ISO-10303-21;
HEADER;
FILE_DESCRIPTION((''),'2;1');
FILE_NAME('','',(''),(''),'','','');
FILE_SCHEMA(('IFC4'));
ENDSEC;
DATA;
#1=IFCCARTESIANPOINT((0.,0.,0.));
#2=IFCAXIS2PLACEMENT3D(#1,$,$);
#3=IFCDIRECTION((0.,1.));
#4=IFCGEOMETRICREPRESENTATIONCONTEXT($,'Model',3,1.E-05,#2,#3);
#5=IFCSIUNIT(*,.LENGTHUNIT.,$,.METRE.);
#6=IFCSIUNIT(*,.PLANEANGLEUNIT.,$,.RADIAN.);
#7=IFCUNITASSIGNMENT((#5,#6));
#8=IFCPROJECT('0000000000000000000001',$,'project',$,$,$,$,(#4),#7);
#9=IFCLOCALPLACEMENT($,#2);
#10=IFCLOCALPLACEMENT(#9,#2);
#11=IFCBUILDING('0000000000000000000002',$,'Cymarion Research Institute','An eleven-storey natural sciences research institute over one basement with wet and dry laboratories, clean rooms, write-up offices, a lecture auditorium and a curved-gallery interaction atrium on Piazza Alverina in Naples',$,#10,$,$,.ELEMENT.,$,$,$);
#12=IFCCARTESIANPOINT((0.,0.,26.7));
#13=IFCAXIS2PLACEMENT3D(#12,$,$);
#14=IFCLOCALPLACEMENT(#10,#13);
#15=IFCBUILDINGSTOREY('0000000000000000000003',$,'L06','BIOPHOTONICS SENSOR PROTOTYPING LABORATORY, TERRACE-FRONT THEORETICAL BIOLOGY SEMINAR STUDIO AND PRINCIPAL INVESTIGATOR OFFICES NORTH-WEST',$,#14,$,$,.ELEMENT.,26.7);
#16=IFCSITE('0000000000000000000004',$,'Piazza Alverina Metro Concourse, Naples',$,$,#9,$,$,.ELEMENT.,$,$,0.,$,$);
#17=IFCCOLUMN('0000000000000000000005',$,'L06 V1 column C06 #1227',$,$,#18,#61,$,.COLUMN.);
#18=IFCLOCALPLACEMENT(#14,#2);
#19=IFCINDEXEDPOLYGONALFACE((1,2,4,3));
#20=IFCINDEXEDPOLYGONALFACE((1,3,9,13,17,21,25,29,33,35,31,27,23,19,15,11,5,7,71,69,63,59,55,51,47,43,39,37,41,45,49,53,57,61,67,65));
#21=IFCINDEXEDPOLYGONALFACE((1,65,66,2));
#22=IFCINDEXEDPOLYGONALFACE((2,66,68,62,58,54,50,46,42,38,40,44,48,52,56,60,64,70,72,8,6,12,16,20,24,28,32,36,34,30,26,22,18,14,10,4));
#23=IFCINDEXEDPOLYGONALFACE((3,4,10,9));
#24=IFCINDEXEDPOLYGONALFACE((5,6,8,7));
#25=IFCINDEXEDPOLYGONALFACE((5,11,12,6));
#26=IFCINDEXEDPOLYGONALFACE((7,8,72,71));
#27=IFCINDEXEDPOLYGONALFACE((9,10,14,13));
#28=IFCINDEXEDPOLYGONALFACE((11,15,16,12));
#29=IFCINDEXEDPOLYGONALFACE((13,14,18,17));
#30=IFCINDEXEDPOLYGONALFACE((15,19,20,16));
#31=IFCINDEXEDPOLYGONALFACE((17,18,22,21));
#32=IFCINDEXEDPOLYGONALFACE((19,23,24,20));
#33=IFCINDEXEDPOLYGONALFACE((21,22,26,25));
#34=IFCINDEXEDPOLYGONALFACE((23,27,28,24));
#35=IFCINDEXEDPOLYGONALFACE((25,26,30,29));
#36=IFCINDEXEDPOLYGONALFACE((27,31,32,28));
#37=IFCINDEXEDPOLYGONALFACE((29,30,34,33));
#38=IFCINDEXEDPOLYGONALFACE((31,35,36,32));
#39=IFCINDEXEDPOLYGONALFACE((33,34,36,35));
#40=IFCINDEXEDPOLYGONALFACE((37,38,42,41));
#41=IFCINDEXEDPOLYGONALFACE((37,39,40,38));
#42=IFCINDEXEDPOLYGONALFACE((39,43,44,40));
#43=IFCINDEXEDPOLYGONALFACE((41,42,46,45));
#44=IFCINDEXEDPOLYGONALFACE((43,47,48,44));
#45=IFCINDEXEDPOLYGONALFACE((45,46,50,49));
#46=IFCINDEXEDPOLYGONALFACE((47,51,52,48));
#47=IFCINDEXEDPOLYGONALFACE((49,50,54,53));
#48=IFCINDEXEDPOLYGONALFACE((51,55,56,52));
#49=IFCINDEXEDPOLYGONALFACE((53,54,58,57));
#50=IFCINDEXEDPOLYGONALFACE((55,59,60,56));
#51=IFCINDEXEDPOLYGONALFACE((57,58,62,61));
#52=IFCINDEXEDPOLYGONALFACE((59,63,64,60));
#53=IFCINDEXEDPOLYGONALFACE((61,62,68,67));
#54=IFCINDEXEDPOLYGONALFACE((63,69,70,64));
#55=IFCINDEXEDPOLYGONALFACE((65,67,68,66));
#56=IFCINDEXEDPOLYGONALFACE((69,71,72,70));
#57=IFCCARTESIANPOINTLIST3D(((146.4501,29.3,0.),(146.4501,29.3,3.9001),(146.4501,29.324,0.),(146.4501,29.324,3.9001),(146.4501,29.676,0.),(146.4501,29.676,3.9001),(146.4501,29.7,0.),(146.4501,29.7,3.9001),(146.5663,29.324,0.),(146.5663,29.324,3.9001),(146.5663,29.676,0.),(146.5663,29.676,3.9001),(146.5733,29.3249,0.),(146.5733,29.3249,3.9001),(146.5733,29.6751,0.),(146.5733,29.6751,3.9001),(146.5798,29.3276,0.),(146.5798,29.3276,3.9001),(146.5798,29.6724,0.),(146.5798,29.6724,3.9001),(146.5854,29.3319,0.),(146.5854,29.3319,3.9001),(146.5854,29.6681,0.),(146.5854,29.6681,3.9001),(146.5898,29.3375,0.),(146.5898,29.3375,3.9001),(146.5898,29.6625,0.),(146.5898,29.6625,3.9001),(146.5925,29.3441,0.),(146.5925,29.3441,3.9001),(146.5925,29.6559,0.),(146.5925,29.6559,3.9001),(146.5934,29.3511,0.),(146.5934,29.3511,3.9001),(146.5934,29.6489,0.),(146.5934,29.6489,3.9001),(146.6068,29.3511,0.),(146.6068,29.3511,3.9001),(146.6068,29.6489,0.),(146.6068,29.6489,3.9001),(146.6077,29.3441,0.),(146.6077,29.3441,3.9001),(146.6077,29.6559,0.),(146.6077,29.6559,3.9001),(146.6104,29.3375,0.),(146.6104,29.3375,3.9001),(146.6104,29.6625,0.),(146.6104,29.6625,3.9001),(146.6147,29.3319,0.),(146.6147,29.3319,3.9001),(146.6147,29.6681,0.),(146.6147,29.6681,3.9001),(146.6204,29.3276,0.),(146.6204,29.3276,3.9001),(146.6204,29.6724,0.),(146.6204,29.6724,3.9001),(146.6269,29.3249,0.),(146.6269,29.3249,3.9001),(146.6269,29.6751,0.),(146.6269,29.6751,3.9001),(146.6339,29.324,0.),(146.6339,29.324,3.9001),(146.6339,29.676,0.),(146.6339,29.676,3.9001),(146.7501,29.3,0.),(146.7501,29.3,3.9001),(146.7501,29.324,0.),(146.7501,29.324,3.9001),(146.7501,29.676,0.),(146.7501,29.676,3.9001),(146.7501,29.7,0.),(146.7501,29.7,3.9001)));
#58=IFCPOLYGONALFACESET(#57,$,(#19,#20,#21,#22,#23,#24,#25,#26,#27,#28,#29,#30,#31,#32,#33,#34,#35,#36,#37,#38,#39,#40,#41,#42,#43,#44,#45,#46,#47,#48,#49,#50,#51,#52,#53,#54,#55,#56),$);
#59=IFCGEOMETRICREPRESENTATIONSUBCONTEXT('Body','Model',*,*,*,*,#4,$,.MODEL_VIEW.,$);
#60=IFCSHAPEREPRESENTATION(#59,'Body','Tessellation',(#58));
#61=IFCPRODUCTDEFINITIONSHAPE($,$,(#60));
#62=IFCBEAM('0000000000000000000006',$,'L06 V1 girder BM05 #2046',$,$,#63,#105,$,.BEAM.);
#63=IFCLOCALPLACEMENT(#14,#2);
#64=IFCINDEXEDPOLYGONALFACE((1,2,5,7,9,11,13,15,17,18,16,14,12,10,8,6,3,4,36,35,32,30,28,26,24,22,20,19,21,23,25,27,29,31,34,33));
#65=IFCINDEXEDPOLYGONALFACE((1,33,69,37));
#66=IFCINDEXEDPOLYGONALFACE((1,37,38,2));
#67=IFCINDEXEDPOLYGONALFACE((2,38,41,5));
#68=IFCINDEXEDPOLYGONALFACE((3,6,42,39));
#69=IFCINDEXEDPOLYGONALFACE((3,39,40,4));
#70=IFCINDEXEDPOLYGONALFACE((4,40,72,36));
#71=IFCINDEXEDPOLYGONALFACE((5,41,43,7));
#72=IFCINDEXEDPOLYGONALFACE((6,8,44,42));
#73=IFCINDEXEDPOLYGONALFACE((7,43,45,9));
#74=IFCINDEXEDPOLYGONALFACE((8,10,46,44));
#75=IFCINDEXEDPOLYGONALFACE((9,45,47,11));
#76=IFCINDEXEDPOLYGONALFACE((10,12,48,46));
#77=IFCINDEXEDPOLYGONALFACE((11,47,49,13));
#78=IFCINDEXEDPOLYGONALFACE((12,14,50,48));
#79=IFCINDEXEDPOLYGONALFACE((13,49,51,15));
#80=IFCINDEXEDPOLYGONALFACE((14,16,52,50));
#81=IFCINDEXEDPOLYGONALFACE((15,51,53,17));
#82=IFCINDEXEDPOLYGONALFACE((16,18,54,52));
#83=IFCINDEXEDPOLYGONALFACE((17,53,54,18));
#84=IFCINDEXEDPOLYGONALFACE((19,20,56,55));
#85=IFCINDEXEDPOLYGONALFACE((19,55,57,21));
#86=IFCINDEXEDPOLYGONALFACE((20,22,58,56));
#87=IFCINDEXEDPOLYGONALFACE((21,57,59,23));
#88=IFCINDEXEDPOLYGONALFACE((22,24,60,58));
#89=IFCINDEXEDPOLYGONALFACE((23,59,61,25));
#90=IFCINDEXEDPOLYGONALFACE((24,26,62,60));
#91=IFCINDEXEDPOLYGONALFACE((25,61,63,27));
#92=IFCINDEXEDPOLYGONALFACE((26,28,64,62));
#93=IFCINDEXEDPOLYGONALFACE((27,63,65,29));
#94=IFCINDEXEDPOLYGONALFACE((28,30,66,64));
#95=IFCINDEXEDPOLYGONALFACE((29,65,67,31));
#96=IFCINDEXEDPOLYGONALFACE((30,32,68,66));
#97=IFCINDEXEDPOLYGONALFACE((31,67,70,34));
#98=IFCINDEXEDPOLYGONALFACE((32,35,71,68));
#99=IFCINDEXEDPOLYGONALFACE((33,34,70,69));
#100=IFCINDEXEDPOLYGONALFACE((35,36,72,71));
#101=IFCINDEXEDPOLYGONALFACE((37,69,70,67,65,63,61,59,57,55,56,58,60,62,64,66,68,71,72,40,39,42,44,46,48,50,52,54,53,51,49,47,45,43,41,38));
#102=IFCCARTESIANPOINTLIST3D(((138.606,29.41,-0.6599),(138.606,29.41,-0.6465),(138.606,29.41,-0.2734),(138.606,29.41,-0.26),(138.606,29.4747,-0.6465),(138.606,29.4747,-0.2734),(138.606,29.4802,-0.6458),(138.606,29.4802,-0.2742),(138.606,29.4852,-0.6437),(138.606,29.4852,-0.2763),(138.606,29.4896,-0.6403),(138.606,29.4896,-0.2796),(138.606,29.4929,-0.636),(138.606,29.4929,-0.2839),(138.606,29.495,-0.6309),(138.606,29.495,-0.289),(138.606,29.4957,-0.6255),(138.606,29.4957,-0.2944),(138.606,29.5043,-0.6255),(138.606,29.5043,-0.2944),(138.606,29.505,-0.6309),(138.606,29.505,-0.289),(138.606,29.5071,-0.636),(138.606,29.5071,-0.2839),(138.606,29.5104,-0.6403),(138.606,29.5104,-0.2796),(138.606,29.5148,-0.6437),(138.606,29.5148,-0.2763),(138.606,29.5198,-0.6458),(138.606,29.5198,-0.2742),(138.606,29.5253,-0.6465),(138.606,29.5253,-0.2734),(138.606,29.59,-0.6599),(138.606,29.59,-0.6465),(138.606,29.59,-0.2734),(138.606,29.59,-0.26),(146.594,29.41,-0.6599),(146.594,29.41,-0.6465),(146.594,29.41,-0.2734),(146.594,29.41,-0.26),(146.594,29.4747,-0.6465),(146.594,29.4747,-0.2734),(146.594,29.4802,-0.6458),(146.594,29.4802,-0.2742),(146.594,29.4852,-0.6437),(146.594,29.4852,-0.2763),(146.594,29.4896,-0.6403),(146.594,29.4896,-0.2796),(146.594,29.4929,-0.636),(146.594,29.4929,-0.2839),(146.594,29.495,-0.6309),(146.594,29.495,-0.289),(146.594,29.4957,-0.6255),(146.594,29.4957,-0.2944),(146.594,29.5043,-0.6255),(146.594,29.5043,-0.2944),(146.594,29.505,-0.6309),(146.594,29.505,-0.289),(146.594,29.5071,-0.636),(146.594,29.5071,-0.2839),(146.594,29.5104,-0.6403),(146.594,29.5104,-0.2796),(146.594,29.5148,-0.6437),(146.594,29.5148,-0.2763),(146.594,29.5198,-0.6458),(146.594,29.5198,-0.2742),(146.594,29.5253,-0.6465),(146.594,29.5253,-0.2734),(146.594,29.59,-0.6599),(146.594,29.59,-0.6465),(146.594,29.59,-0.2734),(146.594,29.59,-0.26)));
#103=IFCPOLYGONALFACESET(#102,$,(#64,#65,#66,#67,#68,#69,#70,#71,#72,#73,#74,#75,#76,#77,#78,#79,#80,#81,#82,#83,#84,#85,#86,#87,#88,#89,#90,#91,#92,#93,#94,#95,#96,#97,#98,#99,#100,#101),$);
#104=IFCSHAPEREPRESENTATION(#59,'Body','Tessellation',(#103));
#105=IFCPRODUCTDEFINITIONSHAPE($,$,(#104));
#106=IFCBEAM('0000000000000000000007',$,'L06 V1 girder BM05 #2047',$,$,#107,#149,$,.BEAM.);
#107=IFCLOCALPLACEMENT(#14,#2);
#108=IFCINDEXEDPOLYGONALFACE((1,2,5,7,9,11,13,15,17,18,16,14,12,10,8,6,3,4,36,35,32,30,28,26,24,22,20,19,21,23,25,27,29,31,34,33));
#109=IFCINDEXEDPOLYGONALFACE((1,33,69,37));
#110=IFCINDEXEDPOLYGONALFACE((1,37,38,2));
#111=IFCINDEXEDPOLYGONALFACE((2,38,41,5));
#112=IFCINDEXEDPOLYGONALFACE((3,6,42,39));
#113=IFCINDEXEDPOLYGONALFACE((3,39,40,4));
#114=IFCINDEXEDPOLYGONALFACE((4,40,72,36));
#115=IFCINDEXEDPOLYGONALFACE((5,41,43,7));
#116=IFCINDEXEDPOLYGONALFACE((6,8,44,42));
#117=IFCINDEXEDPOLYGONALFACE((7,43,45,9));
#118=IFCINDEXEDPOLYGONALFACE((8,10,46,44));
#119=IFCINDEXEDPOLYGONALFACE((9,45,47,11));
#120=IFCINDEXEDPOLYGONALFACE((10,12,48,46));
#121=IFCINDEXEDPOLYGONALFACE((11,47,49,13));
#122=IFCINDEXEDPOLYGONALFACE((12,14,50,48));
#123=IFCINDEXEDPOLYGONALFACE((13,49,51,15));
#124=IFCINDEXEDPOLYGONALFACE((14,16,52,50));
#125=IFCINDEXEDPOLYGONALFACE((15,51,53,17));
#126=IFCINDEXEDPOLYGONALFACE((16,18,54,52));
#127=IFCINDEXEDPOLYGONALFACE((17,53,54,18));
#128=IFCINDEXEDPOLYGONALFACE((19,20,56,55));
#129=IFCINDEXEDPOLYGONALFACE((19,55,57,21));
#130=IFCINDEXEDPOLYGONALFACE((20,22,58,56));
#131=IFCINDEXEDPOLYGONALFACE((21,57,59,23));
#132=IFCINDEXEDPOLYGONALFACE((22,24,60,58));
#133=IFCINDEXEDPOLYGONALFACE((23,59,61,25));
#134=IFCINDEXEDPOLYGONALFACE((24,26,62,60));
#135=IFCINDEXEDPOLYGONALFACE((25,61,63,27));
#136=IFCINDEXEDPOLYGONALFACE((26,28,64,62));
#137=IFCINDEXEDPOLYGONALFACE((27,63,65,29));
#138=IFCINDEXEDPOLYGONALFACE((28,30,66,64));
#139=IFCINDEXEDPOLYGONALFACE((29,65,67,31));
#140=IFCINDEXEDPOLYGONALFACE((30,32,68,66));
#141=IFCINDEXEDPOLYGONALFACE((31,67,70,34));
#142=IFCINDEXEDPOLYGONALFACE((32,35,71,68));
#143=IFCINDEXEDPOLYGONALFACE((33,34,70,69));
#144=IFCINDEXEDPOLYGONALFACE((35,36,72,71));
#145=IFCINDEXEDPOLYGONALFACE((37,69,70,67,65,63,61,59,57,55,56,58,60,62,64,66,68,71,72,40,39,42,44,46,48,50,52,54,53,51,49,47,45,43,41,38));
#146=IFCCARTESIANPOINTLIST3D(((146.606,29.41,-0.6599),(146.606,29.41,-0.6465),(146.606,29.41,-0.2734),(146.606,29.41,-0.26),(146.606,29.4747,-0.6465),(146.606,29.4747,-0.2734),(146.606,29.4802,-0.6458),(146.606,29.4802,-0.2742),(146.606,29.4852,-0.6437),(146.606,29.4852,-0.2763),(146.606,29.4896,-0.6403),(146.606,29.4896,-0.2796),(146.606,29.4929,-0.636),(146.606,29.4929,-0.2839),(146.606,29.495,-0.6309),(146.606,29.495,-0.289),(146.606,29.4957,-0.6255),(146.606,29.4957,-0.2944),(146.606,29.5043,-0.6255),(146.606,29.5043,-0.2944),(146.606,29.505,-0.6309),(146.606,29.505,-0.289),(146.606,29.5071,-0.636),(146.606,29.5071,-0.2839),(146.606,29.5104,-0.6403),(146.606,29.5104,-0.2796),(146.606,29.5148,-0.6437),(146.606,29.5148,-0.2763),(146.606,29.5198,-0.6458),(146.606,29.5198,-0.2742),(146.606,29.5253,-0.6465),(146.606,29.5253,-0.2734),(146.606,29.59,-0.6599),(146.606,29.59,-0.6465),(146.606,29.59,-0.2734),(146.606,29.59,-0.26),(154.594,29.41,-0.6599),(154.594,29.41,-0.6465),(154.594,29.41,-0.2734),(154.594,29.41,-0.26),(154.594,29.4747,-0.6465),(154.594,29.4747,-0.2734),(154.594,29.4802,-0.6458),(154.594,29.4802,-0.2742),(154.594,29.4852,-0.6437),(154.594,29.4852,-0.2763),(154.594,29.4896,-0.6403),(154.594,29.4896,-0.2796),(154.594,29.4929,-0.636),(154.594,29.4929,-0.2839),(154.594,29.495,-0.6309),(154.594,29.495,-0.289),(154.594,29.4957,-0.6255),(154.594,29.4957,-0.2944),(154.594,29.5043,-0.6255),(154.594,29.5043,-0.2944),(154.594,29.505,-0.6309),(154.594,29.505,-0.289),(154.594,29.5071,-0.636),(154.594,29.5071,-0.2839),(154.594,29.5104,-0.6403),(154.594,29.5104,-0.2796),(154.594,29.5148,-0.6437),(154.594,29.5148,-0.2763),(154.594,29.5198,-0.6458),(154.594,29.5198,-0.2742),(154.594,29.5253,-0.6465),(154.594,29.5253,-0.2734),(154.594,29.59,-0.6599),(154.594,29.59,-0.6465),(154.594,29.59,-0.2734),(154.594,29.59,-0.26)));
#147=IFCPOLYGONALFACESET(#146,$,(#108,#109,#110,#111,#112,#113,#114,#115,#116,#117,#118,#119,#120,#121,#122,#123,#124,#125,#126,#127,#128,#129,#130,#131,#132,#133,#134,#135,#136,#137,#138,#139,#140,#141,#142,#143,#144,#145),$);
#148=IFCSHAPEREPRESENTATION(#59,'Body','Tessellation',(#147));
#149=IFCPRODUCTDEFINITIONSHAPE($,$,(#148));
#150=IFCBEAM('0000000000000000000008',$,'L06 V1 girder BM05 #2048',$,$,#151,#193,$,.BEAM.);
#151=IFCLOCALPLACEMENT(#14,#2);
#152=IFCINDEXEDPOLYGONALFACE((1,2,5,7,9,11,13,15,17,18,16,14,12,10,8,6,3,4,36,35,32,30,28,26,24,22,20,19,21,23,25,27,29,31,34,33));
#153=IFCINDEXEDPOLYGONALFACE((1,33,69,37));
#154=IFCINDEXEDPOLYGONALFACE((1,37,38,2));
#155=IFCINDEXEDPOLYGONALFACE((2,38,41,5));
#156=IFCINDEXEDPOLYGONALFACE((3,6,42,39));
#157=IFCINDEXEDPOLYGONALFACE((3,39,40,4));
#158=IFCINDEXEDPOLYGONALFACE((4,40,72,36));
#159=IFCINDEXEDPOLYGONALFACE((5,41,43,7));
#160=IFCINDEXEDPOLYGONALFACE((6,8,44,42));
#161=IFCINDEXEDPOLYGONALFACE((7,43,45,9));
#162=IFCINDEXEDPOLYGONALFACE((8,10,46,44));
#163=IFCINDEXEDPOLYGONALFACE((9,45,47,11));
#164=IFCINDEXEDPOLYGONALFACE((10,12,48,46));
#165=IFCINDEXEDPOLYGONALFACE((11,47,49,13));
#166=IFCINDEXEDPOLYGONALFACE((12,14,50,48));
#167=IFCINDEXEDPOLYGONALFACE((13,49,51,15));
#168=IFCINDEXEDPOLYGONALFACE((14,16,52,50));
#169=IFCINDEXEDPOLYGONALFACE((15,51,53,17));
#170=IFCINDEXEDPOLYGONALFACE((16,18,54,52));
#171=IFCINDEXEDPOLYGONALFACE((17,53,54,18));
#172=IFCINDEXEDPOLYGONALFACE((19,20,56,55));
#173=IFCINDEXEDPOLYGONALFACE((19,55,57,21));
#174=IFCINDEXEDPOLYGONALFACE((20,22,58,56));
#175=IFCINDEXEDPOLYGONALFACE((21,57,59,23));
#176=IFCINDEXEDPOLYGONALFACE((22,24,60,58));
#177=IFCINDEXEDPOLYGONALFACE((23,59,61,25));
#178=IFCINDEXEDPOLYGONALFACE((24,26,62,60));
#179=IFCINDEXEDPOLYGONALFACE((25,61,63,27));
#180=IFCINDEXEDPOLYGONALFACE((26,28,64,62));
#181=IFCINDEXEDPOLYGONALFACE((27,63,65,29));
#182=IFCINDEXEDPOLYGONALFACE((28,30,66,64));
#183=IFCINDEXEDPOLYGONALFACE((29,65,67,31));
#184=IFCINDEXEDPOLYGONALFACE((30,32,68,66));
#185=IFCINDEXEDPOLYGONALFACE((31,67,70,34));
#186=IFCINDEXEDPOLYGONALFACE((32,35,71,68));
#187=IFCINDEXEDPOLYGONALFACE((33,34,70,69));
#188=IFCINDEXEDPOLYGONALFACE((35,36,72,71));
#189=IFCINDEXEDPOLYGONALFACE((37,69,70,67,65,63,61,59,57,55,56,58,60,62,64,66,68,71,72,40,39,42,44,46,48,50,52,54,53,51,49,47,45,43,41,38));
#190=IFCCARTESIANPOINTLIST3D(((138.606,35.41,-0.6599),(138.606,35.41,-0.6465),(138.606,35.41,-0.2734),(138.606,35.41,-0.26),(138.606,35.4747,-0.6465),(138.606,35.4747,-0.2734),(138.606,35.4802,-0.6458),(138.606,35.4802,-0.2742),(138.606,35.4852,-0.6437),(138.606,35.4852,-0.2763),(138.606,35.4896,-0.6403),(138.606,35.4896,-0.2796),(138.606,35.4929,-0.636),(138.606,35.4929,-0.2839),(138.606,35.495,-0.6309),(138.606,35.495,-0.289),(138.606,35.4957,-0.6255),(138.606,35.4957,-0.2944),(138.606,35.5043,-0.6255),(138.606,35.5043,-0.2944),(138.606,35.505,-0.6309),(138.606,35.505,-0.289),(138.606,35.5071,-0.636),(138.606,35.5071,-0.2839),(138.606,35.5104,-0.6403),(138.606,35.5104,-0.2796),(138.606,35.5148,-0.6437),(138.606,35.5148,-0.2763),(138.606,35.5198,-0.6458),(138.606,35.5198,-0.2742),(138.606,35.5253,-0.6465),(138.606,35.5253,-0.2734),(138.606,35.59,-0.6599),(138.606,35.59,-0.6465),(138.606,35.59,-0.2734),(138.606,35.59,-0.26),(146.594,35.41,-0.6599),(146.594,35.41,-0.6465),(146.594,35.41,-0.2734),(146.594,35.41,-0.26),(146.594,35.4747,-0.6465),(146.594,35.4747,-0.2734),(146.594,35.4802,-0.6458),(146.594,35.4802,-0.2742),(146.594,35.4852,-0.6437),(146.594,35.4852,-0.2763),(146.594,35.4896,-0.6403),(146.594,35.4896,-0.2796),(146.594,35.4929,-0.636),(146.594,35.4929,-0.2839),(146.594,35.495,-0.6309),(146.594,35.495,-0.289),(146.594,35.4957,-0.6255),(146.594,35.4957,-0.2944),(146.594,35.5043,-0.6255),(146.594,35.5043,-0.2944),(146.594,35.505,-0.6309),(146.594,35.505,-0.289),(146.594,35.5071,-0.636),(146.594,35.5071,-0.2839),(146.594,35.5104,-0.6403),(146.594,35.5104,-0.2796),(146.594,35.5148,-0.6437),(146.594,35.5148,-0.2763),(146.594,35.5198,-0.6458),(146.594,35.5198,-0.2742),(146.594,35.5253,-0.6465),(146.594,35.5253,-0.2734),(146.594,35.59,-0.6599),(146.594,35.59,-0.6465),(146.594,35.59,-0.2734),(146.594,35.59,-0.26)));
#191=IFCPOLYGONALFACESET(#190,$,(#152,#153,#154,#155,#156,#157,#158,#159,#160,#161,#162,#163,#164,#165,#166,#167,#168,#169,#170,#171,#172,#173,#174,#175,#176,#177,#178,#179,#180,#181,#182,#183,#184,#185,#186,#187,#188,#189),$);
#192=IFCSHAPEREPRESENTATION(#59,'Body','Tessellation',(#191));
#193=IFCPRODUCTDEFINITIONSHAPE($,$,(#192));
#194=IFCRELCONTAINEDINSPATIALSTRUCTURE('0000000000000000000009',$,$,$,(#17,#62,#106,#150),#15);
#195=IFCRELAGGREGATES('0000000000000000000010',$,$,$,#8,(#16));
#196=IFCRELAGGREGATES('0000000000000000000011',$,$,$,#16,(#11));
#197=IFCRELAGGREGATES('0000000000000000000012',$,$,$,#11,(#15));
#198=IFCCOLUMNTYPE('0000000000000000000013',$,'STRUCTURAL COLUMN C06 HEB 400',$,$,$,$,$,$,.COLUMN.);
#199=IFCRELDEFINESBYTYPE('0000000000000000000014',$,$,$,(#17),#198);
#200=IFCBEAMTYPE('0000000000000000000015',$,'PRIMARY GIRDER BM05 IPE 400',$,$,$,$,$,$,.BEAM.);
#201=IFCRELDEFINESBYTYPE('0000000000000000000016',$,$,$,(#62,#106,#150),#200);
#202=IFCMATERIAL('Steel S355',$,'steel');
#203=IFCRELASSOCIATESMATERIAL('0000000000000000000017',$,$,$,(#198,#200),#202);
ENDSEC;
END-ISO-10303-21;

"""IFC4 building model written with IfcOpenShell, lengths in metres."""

from ifc_helpers import new_model, si_unit, direction, frame, origin, origin_2d, place, context, subcontext, project, spatial, i_section, extrude, material, material_profile, profile_set, type_object, element, save


model = new_model("IFC4")

# Units and contexts
model_context = context("Model", 3, precision=1e-05, world=origin(), true_north=direction((0.0, 1.0)))
body_context = subcontext(model_context, "Body", "Model", "MODEL_VIEW")
ifc_project = project(units=[si_unit("LENGTHUNIT", "METRE"), si_unit("PLANEANGLEUNIT", "RADIAN")], contexts=[model_context])

# Site, building, storey
site_placement = place(None, origin())
site = spatial("IfcSite", under=ifc_project, at=site_placement, Name="Piazza Alverina Metro Concourse, Naples", CompositionType="ELEMENT", RefElevation=0.0)
building_placement = place(site_placement, origin())
building = spatial("IfcBuilding", under=site, at=building_placement, Name="Cymarion Research Institute", Description="An eleven-storey natural sciences research institute over one basement with wet and dry laboratories, clean rooms, write-up offices, a lecture auditorium and a curved-gallery interaction atrium on Piazza Alverina in Naples", CompositionType="ELEMENT")
storey_placement = place(building_placement, frame((0.0, 0.0, 26.7)))
storey = spatial("IfcBuildingStorey", under=building, at=storey_placement, Name="L06", Description="BIOPHOTONICS SENSOR PROTOTYPING LABORATORY, TERRACE-FRONT THEORETICAL BIOLOGY SEMINAR STUDIO AND PRINCIPAL INVESTIGATOR OFFICES NORTH-WEST", CompositionType="ELEMENT", Elevation=26.7)

# Column
ifc_material_1 = material(Name="Steel S355", Category="steel")
ifc_material_profile_1 = material_profile(ifc_material_1, i_section(OverallWidth=0.3, OverallDepth=0.3999, WebThickness=0.0134, FlangeThickness=0.0239, FilletRadius=0.0271, at=origin_2d()), Name="HEB 400")
ifc_profile_set_1 = profile_set([ifc_material_profile_1], Name="Steel S355")
column_type = type_object("IfcColumnType", Name="STRUCTURAL COLUMN C06 HEB 400", PredefinedType="COLUMN", material=ifc_profile_set_1)
column_placement = place(storey_placement, frame((146.6001, 29.5, 0.0), z_axis=(0.0, 0.0, 1.0), x_axis=(1.0, 0.0, 0.0)))
element("IfcColumn", 1, at=column_placement, inside=storey, type_object=column_type, Name="L06 V1 column C06 #1227", PredefinedType="COLUMN", context=body_context, shape_type="SweptSolid", body=[
    extrude(i_section(OverallWidth=0.3, OverallDepth=0.3999, WebThickness=0.0134, FlangeThickness=0.0239, FilletRadius=0.0271, at=origin_2d()), origin(), (0.0, 0.0, 1.0), 3.9001),
])

# Beams
ifc_material_profile_2 = material_profile(ifc_material_1, i_section(OverallWidth=0.1799, OverallDepth=0.3999, WebThickness=0.0085, FlangeThickness=0.0134, FilletRadius=0.021, at=origin_2d()), Name="IPE 400")
ifc_profile_set_2 = profile_set([ifc_material_profile_2], Name="Steel S355")
beam_type_1 = type_object("IfcBeamType", Name="PRIMARY GIRDER BM05 IPE 400", PredefinedType="BEAM", material=ifc_profile_set_2)
for number, where, z_axis, x_axis, name in (
    (2, (138.606, 29.5, -0.46), (1.0, 0.0, 0.0), (0.0, 1.0, 0.0), "L06 V1 girder BM05 #2046"),
    (3, (146.606, 29.5, -0.46), (1.0, 0.0, 0.0), (0.0, 1.0, 0.0), "L06 V1 girder BM05 #2047"),
    (4, (138.606, 35.5, -0.46), (1.0, 0.0, 0.0), (0.0, 1.0, 0.0), "L06 V1 girder BM05 #2048"),
):
    element("IfcBeam", number, at=place(storey_placement, frame(where, z_axis=z_axis, x_axis=x_axis)), inside=storey, type_object=beam_type_1, Name=name, PredefinedType="BEAM", context=body_context, shape_type="SweptSolid", body=[
        extrude(i_section(OverallWidth=0.1799, OverallDepth=0.3999, WebThickness=0.0085, FlangeThickness=0.0134, FilletRadius=0.021, at=origin_2d()), origin(), (0.0, 0.0, 1.0), 7.988),
    ])

save(model, "model.ifc")
